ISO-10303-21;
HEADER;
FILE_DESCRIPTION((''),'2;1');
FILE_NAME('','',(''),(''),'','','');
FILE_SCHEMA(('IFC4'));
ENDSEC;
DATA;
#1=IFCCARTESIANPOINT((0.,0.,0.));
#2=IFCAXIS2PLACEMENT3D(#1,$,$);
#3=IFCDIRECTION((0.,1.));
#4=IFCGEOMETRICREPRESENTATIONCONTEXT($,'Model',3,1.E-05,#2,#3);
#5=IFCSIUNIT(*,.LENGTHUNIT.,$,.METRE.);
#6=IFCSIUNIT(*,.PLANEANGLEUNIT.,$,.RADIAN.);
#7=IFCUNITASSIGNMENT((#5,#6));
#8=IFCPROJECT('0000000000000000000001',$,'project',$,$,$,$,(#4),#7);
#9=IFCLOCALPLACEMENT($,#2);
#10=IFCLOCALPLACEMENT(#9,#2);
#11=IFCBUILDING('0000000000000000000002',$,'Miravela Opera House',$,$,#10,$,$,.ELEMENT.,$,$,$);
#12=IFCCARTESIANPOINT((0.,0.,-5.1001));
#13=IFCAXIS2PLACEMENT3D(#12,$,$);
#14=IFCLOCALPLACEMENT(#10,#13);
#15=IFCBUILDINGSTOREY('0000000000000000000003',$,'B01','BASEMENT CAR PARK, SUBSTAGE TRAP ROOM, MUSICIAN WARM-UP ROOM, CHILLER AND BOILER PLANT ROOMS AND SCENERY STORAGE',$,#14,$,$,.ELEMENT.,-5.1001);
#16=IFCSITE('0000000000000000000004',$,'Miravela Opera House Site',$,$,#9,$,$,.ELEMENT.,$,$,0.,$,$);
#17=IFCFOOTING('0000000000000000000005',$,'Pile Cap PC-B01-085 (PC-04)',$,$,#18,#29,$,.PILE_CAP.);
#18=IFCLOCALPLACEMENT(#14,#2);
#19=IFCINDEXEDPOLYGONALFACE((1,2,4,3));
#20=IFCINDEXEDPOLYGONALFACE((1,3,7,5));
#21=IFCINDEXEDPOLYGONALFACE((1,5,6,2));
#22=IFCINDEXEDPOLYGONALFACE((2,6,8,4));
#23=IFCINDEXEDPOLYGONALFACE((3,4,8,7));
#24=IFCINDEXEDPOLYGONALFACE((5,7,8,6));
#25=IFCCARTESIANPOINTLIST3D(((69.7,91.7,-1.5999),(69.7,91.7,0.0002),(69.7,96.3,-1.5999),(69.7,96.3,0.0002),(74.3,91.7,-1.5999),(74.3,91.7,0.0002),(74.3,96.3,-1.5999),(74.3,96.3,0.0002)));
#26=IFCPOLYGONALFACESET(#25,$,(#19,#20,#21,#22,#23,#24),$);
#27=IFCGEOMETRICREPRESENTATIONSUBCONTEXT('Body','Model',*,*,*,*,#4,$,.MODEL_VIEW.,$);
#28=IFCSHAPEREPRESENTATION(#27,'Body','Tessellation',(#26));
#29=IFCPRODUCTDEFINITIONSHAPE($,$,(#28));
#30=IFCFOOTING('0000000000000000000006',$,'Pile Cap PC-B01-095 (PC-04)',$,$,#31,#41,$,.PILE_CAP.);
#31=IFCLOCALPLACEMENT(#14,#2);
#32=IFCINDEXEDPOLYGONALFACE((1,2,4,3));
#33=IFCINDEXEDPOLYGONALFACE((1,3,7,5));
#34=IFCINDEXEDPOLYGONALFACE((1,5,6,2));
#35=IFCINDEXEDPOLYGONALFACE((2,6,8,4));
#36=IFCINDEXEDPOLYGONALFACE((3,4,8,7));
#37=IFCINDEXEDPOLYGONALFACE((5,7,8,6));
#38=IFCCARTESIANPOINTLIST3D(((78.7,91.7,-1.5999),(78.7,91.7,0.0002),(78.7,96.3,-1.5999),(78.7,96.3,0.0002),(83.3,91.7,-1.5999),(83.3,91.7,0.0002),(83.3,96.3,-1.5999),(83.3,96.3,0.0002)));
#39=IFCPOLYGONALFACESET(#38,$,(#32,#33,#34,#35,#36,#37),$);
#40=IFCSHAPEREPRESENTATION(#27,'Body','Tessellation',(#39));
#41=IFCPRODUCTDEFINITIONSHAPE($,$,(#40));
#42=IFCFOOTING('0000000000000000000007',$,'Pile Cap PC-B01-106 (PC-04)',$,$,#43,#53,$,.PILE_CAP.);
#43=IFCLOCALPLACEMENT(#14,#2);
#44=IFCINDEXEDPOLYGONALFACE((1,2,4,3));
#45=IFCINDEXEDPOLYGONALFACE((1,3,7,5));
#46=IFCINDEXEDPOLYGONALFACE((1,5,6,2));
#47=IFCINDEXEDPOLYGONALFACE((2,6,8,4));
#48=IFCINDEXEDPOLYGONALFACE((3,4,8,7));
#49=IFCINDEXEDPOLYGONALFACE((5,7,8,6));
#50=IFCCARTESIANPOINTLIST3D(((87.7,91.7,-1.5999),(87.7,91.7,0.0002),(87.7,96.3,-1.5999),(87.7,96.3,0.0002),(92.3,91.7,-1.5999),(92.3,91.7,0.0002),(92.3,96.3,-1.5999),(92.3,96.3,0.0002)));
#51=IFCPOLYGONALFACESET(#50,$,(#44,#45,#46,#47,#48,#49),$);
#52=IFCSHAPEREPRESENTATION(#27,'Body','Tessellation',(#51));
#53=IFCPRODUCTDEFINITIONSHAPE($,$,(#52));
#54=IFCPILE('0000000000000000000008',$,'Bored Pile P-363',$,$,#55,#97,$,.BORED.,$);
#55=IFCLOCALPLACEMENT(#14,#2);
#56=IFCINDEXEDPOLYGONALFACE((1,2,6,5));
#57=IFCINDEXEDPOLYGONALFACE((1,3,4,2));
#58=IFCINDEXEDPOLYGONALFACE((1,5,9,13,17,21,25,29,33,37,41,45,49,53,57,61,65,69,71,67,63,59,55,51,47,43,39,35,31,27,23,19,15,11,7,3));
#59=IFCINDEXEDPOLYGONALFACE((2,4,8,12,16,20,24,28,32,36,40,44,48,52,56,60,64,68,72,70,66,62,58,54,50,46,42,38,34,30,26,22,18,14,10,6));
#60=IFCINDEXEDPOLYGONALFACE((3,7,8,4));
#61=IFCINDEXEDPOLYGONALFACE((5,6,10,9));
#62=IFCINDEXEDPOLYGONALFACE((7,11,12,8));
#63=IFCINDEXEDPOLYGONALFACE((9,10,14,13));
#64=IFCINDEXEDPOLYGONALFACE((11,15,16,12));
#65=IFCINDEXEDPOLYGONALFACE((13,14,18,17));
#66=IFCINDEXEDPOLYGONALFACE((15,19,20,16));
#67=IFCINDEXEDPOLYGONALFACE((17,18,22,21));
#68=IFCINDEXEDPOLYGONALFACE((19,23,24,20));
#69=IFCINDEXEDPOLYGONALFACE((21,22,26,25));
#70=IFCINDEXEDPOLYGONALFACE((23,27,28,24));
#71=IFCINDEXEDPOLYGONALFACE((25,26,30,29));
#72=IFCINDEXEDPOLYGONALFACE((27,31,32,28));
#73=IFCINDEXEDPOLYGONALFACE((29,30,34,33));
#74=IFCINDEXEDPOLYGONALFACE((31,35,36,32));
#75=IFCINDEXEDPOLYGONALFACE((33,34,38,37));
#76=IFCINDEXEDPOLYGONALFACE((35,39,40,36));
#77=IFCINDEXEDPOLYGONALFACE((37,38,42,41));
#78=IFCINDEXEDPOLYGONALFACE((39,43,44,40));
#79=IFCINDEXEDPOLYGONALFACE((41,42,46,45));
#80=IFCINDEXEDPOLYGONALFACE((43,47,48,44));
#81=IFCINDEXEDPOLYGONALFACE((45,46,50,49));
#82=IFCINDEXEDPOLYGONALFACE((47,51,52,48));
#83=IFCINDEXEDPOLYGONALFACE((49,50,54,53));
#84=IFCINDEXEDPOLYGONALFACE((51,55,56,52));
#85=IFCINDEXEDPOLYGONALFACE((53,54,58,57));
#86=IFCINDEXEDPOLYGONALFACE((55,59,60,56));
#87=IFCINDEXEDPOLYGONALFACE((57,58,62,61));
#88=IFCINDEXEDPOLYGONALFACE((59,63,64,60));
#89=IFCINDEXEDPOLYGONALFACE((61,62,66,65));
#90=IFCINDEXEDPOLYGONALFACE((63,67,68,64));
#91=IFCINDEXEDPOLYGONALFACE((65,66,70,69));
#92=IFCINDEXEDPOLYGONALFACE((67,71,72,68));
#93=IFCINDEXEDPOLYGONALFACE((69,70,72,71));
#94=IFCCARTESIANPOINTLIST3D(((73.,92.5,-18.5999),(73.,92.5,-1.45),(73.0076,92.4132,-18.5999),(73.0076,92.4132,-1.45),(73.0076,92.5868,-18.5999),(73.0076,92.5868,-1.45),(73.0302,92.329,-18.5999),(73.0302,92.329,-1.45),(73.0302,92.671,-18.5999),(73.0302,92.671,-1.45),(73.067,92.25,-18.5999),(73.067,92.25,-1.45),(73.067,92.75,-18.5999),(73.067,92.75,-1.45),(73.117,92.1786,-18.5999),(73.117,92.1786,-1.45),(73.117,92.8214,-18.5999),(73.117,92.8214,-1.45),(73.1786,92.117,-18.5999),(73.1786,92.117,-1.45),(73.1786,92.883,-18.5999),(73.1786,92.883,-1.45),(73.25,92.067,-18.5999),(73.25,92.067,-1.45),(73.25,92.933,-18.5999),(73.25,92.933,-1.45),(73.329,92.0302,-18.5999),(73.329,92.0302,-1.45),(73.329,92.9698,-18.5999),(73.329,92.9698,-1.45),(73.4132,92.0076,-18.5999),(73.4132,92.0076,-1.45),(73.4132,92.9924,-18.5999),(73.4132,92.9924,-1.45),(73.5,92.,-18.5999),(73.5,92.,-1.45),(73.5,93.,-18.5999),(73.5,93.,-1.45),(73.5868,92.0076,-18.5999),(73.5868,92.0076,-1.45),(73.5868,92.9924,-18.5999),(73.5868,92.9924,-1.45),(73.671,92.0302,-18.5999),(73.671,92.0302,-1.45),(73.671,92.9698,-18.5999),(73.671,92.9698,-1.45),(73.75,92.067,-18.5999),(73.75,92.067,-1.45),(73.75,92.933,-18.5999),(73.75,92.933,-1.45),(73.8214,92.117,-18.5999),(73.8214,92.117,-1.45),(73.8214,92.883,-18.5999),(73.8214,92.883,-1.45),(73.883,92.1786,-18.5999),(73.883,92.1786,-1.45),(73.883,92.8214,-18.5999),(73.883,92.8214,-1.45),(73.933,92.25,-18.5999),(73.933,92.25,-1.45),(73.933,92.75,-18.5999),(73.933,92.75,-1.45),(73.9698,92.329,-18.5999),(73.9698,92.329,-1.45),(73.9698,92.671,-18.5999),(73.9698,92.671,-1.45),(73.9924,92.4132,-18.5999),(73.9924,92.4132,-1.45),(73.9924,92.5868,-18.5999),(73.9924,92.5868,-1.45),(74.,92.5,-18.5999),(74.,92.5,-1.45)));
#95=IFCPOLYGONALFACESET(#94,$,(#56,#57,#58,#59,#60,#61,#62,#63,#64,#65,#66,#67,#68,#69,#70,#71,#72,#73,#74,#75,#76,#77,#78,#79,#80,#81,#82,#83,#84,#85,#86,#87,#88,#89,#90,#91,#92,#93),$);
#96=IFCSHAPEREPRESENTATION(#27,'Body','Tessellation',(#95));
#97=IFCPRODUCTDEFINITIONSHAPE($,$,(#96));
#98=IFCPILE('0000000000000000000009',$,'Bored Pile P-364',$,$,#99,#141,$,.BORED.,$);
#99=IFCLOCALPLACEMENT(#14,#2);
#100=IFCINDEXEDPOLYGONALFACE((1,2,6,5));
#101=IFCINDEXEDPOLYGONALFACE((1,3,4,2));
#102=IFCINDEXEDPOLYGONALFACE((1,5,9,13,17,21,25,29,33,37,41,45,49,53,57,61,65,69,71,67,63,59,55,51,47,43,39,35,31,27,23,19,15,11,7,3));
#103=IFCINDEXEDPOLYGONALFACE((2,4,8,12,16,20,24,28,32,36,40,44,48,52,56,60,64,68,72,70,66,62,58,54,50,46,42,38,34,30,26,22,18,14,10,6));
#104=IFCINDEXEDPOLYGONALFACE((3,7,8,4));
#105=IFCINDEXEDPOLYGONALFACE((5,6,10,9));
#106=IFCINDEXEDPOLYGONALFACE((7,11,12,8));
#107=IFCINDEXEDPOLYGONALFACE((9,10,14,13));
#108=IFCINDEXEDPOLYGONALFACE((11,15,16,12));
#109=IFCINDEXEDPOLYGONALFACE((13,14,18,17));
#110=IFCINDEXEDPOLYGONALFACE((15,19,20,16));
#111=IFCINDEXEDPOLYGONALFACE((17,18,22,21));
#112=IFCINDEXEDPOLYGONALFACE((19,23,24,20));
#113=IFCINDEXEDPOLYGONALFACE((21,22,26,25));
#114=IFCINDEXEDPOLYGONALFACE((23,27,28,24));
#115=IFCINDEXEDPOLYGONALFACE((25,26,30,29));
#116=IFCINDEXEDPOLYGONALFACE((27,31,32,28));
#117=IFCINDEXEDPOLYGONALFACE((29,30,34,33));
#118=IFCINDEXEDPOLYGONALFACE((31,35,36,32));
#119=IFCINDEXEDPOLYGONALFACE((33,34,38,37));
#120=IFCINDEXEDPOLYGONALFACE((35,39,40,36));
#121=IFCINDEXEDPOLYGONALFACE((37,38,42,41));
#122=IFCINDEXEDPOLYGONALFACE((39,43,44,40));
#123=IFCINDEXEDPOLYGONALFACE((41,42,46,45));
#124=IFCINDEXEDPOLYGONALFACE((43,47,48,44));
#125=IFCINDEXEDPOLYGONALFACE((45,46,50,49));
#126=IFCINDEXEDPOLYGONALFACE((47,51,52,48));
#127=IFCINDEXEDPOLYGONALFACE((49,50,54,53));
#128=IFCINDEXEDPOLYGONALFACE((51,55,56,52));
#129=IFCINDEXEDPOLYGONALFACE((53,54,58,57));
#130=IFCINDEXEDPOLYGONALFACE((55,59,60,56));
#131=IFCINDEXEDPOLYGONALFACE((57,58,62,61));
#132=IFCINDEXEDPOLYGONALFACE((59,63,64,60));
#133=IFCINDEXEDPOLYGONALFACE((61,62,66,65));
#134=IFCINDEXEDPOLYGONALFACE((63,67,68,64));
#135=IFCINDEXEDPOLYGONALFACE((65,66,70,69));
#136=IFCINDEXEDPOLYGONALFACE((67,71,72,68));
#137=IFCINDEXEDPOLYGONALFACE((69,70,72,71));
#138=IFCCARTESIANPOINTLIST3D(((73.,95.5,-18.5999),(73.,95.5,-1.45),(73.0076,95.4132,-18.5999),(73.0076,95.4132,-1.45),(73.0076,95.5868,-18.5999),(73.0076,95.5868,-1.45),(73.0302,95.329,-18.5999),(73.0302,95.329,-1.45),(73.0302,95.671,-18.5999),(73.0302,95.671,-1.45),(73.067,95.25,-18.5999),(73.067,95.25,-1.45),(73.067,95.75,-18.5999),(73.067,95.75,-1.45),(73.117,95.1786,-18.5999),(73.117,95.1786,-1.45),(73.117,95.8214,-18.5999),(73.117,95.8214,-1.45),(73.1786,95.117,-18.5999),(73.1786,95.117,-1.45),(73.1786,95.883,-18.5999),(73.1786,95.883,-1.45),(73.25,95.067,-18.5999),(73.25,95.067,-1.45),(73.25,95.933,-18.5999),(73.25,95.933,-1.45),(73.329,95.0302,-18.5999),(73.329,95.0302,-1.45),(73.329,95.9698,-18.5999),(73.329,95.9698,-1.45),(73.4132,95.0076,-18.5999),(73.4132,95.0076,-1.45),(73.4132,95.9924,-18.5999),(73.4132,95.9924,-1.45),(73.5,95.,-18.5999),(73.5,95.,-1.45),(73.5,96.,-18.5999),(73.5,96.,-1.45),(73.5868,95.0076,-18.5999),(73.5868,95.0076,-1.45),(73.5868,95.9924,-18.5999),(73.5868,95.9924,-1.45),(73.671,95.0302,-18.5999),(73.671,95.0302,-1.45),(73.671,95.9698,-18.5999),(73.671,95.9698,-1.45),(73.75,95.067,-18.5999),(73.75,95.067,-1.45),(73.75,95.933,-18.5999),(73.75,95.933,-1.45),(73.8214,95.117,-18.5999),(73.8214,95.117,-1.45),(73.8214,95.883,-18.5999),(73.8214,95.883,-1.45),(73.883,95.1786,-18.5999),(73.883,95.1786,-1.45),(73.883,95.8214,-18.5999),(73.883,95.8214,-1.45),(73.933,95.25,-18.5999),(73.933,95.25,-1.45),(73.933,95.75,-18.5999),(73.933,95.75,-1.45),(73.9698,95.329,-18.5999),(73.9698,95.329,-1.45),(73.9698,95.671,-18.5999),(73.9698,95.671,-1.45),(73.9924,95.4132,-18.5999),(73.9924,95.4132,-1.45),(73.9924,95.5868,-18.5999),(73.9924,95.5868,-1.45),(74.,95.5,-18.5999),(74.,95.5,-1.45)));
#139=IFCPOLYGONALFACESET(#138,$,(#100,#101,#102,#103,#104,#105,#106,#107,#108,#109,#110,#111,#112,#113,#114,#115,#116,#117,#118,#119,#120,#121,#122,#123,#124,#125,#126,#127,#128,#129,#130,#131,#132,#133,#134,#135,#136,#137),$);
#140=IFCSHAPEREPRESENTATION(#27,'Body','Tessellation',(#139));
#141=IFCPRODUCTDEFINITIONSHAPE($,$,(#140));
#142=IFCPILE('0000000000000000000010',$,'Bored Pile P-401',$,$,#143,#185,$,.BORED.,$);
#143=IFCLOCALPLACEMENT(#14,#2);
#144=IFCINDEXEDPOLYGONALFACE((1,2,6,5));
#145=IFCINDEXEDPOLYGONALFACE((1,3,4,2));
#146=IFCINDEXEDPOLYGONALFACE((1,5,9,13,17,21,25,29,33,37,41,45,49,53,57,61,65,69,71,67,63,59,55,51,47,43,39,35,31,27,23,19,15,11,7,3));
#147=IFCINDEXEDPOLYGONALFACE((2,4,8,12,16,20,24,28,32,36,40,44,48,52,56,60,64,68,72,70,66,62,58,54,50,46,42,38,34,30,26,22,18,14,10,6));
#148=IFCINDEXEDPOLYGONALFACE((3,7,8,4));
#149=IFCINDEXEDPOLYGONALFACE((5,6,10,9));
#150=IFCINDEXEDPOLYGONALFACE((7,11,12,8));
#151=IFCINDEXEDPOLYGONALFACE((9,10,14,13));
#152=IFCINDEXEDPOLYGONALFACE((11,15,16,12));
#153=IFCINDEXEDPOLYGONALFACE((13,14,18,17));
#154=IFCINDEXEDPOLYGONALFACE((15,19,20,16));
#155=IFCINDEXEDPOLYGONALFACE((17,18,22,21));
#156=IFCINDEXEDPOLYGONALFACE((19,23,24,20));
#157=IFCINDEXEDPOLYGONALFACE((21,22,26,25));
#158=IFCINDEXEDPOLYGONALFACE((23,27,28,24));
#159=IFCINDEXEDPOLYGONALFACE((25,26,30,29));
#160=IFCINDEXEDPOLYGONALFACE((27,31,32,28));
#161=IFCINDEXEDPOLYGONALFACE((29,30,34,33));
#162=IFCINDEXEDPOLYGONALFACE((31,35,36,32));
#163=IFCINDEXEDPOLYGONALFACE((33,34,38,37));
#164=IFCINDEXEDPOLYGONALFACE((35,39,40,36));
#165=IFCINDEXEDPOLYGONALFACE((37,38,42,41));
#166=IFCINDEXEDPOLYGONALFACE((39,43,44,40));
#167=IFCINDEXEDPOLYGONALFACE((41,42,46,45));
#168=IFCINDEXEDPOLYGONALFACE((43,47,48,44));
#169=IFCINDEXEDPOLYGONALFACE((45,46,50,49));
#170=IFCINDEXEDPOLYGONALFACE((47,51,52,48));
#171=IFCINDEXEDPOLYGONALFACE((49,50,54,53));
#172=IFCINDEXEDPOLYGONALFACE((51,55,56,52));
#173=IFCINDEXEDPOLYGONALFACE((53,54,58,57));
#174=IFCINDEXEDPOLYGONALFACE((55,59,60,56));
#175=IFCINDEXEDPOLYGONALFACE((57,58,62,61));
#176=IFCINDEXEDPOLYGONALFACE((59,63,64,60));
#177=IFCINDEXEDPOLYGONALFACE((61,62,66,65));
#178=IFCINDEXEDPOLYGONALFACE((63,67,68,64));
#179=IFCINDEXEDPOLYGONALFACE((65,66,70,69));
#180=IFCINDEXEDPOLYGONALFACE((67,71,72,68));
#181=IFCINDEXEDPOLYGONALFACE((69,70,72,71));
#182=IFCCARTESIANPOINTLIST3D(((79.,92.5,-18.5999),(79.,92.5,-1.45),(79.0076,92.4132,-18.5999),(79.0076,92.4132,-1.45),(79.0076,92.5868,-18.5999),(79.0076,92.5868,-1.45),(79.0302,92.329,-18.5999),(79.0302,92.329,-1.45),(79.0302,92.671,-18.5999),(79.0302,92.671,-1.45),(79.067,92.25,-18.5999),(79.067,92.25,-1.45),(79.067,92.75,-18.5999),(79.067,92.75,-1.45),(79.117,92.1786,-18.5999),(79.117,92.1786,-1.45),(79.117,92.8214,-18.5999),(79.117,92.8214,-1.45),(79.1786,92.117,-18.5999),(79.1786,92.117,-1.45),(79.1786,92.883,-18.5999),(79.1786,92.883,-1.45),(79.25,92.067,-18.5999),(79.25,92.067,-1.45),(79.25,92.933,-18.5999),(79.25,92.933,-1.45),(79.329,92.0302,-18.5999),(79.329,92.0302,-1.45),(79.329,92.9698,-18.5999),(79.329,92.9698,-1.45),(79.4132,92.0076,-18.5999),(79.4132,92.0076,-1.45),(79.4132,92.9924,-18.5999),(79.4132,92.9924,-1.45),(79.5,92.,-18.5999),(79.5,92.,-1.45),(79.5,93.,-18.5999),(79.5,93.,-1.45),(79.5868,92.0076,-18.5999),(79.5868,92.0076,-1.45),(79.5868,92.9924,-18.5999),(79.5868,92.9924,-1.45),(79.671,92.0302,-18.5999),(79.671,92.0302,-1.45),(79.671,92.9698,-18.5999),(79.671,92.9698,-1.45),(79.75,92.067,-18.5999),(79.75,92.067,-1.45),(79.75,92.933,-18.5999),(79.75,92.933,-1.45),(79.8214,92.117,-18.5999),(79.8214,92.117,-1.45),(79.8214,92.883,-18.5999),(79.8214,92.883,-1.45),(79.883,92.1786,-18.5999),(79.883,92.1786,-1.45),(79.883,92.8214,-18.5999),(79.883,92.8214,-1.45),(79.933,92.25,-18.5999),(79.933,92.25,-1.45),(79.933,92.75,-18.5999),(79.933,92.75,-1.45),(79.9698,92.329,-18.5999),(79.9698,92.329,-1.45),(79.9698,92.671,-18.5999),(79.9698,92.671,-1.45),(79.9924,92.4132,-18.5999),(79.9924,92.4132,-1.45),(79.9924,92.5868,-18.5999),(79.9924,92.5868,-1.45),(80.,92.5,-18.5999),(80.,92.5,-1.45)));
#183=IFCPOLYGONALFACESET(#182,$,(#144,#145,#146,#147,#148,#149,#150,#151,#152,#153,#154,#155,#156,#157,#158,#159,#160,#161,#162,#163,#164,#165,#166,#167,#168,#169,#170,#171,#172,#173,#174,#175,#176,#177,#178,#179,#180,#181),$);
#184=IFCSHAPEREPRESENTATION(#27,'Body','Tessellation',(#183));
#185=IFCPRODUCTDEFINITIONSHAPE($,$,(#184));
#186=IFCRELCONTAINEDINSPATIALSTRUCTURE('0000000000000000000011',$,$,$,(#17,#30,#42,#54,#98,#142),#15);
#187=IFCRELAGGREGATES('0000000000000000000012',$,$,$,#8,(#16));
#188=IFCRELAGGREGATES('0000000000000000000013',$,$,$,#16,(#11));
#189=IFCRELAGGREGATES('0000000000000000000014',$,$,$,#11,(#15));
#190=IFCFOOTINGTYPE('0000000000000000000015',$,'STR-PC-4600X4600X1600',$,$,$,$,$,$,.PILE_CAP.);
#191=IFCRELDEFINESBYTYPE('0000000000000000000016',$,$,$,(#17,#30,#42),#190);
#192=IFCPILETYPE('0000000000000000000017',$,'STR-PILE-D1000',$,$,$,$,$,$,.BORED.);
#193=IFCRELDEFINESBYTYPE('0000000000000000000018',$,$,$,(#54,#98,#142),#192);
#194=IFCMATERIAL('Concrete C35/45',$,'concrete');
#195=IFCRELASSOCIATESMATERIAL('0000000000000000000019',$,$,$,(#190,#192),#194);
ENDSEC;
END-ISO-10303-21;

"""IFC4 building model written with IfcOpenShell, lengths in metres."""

from ifc_helpers import new_model, si_unit, direction, frame, origin, origin_2d, place, context, subcontext, project, spatial, rectangle, circle, extrude, material, material_profile, profile_set, type_object, element, save


model = new_model("IFC4")

# Units and contexts
model_context = context("Model", 3, precision=1e-05, world=origin(), true_north=direction((0.0, 1.0)))
body_context = subcontext(model_context, "Body", "Model", "MODEL_VIEW")
ifc_project = project(units=[si_unit("LENGTHUNIT", "METRE"), si_unit("PLANEANGLEUNIT", "RADIAN")], contexts=[model_context])

# Site, building, storey
site_placement = place(None, origin())
site = spatial("IfcSite", under=ifc_project, at=site_placement, Name="Miravela Opera House Site", CompositionType="ELEMENT", RefElevation=0.0)
building_placement = place(site_placement, origin())
building = spatial("IfcBuilding", under=site, at=building_placement, Name="Miravela Opera House", CompositionType="ELEMENT")
storey_placement = place(building_placement, frame((0.0, 0.0, -5.1001)))
storey = spatial("IfcBuildingStorey", under=building, at=storey_placement, Name="B01", Description="BASEMENT CAR PARK, SUBSTAGE TRAP ROOM, MUSICIAN WARM-UP ROOM, CHILLER AND BOILER PLANT ROOMS AND SCENERY STORAGE", CompositionType="ELEMENT", Elevation=-5.1001)

# Footings
ifc_material_1 = material(Name="Concrete C35/45", Category="concrete")
footing_type = type_object("IfcFootingType", Name="STR-PC-4600X4600X1600", PredefinedType="PILE_CAP", material=ifc_material_1)
for number, where, z_axis, x_axis, name in (
    (1, (72.0, 94.0, -1.5999), (0.0, 0.0, 1.0), (1.0, 0.0, 0.0), "Pile Cap PC-B01-085 (PC-04)"),
    (2, (81.0, 94.0, -1.5999), (0.0, 0.0, 1.0), (1.0, 0.0, 0.0), "Pile Cap PC-B01-095 (PC-04)"),
    (3, (90.0, 94.0, -1.5999), (0.0, 0.0, 1.0), (1.0, 0.0, 0.0), "Pile Cap PC-B01-106 (PC-04)"),
):
    element("IfcFooting", number, at=place(storey_placement, frame(where, z_axis=z_axis, x_axis=x_axis)), inside=storey, type_object=footing_type, Name=name, PredefinedType="PILE_CAP", context=body_context, shape_type="SweptSolid", body=[
        extrude(rectangle(XDim=4.6001, YDim=4.6001, at=origin_2d()), origin(), (0.0, 0.0, 1.0), 1.6001),
    ])

# Piles
ifc_material_profile_1 = material_profile(ifc_material_1, circle(Radius=0.5, at=origin_2d()), Name="PILE-D1000")
ifc_profile_set_1 = profile_set([ifc_material_profile_1])
pile_type_1 = type_object("IfcPileType", Name="STR-PILE-D1000", PredefinedType="BORED", material=ifc_profile_set_1)
for number, where, z_axis, x_axis, name in (
    (4, (73.5, 92.5, -1.45), (0.0, 0.0, -1.0), (1.0, 0.0, 0.0), "Bored Pile P-363"),
    (5, (73.5, 95.5, -1.45), (0.0, 0.0, -1.0), (1.0, 0.0, 0.0), "Bored Pile P-364"),
    (6, (79.5, 92.5, -1.45), (0.0, 0.0, -1.0), (1.0, 0.0, 0.0), "Bored Pile P-401"),
):
    element("IfcPile", number, at=place(storey_placement, frame(where, z_axis=z_axis, x_axis=x_axis)), inside=storey, type_object=pile_type_1, Name=name, PredefinedType="BORED", context=body_context, shape_type="SweptSolid", body=[
        extrude(circle(Radius=0.5, at=origin_2d()), origin(), (0.0, 0.0, 1.0), 17.1499),
    ])

save(model, "model.ifc")
